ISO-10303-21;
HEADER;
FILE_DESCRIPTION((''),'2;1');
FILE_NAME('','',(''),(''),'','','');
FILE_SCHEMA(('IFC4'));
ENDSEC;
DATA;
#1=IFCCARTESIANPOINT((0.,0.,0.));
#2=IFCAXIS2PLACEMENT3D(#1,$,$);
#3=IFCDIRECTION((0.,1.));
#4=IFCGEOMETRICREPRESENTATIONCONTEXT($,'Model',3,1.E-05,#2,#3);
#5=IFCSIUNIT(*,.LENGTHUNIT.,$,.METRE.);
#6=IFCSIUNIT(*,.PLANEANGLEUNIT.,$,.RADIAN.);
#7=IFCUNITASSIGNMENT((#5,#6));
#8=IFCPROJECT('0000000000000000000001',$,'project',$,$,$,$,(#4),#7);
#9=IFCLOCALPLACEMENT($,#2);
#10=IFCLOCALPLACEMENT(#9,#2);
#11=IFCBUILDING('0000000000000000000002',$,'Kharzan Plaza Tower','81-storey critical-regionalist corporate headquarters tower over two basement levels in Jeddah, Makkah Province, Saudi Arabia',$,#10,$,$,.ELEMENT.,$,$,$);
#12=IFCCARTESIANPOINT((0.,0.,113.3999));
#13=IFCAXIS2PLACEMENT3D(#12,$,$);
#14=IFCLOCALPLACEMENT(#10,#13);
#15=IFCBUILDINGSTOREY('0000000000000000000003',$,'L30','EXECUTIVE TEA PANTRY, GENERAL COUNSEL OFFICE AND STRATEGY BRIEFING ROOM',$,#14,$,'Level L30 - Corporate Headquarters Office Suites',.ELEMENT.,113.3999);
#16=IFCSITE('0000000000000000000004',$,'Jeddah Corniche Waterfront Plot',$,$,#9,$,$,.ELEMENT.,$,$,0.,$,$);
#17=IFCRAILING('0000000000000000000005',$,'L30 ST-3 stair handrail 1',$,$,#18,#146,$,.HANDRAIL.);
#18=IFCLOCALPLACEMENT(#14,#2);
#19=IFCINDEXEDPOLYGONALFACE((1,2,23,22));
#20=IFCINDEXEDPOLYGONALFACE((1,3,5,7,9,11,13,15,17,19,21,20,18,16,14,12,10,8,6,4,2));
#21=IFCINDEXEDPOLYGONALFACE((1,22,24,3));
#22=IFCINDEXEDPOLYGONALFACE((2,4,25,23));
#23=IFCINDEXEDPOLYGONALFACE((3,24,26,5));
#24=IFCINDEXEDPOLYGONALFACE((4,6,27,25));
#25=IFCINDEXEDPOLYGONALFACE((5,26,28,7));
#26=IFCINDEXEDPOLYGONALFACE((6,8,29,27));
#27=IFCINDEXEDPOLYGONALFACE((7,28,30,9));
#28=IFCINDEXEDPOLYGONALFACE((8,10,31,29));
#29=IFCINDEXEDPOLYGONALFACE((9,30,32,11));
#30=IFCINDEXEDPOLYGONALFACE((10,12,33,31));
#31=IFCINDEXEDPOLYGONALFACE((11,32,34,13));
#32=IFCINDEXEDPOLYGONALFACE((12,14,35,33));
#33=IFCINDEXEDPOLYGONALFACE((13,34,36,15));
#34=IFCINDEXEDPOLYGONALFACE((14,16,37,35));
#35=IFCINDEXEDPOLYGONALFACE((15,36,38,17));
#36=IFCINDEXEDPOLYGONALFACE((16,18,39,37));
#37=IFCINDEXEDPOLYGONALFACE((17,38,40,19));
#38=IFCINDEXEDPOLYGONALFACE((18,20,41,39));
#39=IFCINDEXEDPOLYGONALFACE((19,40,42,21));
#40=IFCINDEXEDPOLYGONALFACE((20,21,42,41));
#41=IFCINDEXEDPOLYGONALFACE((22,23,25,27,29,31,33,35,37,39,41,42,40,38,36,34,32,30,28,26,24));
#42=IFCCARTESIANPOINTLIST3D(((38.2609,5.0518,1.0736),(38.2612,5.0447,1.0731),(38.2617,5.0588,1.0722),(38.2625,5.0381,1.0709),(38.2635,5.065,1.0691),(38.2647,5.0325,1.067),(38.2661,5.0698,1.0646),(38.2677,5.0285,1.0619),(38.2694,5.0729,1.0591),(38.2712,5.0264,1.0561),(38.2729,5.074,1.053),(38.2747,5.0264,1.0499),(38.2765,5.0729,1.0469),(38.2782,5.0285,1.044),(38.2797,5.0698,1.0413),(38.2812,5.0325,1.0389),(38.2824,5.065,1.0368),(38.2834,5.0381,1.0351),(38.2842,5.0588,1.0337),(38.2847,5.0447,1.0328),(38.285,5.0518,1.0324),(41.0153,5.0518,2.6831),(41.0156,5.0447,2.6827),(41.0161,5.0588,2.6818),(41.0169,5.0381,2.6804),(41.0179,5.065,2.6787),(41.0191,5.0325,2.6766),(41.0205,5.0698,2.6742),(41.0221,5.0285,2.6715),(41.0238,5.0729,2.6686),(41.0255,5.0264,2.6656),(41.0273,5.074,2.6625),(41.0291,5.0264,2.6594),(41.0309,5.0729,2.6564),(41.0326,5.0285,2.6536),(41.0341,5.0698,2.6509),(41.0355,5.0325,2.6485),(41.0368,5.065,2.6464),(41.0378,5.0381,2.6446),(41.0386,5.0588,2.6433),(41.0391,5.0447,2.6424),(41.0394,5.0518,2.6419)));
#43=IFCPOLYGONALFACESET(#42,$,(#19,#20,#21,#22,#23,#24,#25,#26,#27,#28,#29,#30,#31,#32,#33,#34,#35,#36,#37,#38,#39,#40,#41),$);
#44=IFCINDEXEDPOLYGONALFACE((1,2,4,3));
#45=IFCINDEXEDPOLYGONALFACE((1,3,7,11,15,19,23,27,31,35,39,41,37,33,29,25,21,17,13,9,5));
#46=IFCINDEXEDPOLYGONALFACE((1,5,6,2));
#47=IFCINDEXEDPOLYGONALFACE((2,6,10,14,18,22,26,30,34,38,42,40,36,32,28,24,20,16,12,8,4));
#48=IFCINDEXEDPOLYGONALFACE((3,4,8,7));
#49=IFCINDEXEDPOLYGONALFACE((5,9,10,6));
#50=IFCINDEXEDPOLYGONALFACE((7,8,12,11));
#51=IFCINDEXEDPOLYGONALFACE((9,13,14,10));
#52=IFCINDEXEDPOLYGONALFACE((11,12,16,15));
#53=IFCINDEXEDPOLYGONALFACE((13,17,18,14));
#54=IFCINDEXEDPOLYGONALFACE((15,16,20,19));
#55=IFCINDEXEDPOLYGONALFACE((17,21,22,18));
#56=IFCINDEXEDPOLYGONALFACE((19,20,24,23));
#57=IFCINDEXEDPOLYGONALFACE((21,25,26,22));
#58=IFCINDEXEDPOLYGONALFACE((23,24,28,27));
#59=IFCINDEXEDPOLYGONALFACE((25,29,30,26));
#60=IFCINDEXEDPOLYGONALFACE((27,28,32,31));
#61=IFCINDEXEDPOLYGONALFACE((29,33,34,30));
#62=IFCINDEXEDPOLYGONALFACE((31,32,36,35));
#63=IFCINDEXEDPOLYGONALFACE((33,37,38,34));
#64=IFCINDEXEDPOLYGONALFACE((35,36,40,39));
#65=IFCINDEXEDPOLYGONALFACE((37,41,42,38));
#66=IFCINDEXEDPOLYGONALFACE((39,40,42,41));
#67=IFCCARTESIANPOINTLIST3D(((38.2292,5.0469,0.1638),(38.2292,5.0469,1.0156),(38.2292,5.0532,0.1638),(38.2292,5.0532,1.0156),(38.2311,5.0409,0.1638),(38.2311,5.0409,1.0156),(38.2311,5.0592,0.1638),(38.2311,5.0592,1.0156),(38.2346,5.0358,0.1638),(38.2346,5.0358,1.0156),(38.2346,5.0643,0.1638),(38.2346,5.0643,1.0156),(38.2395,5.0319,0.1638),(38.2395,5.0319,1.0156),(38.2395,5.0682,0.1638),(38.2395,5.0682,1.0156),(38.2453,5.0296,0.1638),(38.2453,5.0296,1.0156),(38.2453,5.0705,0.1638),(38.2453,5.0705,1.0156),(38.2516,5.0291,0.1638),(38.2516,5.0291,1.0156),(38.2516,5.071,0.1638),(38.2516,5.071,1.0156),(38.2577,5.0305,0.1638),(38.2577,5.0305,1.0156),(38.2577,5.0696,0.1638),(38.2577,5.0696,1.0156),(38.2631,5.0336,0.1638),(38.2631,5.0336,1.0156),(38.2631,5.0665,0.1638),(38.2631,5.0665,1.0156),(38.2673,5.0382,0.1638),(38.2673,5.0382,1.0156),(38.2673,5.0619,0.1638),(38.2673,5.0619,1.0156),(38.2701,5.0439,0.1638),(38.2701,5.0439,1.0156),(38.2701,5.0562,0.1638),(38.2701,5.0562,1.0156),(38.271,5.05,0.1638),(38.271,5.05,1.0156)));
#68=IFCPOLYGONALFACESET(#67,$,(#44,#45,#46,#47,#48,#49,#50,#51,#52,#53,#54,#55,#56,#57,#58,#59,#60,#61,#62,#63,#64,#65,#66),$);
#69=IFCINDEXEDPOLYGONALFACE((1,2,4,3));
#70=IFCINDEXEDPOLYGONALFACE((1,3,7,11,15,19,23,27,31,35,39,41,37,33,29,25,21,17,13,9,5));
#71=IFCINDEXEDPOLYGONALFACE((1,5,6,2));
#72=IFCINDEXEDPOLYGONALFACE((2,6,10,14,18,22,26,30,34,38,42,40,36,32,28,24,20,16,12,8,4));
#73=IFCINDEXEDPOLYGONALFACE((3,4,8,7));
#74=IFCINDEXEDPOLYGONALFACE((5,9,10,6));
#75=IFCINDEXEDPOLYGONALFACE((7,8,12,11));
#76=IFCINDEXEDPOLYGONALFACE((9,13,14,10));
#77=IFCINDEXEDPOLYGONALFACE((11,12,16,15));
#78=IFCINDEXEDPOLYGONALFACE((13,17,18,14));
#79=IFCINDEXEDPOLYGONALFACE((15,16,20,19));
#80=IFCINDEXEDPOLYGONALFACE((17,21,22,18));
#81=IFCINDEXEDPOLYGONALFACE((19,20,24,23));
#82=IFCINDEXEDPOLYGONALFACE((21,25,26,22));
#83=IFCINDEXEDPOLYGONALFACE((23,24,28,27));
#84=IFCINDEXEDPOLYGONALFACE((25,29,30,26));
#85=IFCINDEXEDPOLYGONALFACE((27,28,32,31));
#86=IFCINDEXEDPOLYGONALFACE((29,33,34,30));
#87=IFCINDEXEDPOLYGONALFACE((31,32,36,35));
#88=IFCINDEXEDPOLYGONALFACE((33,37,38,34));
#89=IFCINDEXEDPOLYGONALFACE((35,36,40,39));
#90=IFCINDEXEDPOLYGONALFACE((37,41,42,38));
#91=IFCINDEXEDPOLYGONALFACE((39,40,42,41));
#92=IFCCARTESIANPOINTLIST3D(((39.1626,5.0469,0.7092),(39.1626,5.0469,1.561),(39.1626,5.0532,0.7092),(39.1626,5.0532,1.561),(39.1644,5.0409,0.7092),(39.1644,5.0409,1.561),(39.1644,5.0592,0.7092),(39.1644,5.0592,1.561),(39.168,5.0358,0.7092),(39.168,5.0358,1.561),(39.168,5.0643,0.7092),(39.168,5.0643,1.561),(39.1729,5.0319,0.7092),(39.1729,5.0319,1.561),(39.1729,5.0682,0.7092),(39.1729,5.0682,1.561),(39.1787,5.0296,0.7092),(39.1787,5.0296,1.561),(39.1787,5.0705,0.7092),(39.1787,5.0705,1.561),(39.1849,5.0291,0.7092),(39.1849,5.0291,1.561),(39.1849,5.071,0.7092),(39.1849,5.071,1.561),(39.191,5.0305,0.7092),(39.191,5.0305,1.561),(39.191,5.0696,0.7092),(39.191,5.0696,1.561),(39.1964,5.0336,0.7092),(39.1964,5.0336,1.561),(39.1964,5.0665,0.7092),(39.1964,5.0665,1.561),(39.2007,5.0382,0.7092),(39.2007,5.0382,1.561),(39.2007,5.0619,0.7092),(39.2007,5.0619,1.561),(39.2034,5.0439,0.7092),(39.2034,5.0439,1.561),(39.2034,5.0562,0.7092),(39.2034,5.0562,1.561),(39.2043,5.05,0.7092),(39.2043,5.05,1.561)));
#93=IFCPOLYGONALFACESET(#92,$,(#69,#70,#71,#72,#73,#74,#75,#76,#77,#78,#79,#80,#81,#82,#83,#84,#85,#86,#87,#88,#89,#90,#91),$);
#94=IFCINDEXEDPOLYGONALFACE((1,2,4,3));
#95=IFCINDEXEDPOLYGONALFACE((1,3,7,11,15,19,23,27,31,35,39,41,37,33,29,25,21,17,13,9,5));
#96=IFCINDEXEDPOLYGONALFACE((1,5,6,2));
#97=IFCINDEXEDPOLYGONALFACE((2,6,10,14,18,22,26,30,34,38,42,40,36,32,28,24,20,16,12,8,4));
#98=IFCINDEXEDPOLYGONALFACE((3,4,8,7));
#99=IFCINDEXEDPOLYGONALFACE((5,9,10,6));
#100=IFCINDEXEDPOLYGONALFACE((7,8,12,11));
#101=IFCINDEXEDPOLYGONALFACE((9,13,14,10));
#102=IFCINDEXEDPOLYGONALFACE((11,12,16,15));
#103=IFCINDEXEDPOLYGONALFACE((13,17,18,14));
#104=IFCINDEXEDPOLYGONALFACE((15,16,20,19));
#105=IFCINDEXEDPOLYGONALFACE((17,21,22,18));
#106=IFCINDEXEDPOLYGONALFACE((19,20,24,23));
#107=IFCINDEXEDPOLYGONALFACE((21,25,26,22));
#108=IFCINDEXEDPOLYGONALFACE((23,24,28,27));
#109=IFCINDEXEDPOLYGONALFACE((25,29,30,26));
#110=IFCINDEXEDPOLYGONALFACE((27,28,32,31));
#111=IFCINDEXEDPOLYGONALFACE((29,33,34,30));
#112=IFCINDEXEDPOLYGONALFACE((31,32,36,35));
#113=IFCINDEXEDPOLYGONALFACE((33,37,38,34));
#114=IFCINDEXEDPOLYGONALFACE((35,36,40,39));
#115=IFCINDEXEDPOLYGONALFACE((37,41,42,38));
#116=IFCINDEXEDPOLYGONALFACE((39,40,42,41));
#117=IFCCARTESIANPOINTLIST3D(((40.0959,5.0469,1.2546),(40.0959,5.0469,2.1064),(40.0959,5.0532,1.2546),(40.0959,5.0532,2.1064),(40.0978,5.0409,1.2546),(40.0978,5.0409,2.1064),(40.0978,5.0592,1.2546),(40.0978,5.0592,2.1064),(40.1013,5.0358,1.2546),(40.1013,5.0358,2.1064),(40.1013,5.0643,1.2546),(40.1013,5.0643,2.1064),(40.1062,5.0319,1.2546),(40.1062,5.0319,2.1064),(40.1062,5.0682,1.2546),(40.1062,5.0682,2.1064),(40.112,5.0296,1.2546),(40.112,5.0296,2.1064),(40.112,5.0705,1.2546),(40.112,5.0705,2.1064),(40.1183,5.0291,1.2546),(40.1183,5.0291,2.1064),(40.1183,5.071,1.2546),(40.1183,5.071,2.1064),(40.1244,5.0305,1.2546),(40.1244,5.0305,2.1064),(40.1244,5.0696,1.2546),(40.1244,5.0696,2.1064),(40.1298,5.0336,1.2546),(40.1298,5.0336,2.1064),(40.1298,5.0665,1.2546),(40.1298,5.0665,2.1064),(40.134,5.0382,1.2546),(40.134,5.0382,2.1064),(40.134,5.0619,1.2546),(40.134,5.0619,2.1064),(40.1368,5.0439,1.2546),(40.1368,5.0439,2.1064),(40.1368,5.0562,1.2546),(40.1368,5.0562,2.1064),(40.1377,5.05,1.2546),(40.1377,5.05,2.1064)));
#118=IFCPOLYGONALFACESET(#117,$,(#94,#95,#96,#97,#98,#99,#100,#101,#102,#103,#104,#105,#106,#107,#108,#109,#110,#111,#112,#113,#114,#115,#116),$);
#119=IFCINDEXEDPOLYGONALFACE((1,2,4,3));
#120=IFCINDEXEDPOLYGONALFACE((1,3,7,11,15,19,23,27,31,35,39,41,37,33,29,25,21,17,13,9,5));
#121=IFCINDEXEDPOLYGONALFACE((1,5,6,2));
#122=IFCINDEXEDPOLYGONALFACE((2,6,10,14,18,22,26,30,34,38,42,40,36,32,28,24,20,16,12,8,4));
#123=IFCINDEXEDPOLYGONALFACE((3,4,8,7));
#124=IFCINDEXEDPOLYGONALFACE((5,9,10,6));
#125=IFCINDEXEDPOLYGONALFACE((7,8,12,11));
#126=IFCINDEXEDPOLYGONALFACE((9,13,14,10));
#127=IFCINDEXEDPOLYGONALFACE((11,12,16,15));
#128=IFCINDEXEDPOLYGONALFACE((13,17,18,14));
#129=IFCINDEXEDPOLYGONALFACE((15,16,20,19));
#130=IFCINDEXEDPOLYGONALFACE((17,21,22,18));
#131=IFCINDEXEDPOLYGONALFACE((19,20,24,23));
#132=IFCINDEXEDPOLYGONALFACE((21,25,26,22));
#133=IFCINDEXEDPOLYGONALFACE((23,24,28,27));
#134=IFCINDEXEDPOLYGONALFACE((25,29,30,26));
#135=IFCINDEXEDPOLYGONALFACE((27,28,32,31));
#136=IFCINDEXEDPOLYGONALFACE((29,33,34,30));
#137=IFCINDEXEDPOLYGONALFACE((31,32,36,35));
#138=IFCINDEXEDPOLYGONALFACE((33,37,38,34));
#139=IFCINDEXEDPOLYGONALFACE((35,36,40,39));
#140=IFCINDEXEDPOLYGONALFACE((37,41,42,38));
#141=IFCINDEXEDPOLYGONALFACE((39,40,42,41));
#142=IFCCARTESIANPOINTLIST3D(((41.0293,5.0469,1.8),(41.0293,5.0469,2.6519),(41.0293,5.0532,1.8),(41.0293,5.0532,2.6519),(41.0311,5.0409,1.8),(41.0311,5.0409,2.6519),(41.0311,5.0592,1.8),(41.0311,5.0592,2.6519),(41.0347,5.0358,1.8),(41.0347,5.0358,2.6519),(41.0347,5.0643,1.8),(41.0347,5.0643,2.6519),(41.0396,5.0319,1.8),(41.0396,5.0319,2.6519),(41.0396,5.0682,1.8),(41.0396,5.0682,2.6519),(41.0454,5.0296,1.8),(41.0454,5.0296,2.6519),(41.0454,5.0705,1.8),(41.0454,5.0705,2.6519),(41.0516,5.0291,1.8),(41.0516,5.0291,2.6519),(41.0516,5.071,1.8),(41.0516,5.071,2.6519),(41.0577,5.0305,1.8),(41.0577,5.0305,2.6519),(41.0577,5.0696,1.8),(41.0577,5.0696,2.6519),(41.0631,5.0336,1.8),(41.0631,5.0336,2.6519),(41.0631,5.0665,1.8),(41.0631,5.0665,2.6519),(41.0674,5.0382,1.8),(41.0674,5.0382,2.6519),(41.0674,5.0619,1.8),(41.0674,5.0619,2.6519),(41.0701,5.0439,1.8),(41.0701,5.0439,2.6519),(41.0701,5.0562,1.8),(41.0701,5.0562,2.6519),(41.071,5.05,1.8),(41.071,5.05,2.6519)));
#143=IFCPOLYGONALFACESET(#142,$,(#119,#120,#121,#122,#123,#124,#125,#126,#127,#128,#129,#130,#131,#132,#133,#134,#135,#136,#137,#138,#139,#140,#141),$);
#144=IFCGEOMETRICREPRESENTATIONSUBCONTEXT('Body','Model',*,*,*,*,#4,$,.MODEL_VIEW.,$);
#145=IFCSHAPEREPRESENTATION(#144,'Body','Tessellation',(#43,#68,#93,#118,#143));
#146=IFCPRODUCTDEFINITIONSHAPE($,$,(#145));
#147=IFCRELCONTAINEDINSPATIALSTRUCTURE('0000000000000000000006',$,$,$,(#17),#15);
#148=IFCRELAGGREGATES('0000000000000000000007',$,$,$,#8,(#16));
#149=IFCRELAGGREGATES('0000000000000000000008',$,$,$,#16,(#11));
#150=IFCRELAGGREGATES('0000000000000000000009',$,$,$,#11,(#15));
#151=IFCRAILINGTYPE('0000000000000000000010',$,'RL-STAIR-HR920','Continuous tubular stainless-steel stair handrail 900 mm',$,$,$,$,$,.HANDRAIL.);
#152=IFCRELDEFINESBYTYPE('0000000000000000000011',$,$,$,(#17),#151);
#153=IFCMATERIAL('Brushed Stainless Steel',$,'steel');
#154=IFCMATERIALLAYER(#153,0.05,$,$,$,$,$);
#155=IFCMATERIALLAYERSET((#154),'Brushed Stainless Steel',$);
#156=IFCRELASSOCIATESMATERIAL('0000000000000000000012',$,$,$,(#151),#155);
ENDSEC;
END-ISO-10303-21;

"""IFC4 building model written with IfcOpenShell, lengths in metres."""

from ifc_helpers import new_model, si_unit, direction, frame, origin, origin_2d, place, context, subcontext, project, spatial, circle, extrude, source, transform, mapped, material, layer, layer_set, type_object, element, save


model = new_model("IFC4")

# Units and contexts
model_context = context("Model", 3, precision=1e-05, world=origin(), true_north=direction((0.0, 1.0)))
body_context = subcontext(model_context, "Body", "Model", "MODEL_VIEW")
ifc_project = project(units=[si_unit("LENGTHUNIT", "METRE"), si_unit("PLANEANGLEUNIT", "RADIAN")], contexts=[model_context])

# Site, building, storey
site_placement = place(None, origin())
site = spatial("IfcSite", under=ifc_project, at=site_placement, Name="Jeddah Corniche Waterfront Plot", CompositionType="ELEMENT", RefElevation=0.0)
building_placement = place(site_placement, origin())
building = spatial("IfcBuilding", under=site, at=building_placement, Name="Kharzan Plaza Tower", Description="81-storey critical-regionalist corporate headquarters tower over two basement levels in Jeddah, Makkah Province, Saudi Arabia", CompositionType="ELEMENT")
storey_placement = place(building_placement, frame((0.0, 0.0, 113.3999)))
storey = spatial("IfcBuildingStorey", under=building, at=storey_placement, Name="L30", Description="EXECUTIVE TEA PANTRY, GENERAL COUNSEL OFFICE AND STRATEGY BRIEFING ROOM", LongName="Level L30 - Corporate Headquarters Office Suites", CompositionType="ELEMENT", Elevation=113.3999)

# Shared definitions
ifc_material_1 = material(Name="Brushed Stainless Steel", Category="steel")

# Railing
ifc_layer_1 = layer(ifc_material_1, 0.05)
ifc_layer_set_1 = layer_set([ifc_layer_1], Name="Brushed Stainless Steel")
railing_type_1 = type_object("IfcRailingType", Name="RL-STAIR-HR920", Description="Continuous tubular stainless-steel stair handrail 900 mm", PredefinedType="HANDRAIL", material=ifc_layer_set_1)
shared_shape_1 = source(origin(), body_context, "Body", "SweptSolid", [
    extrude(circle(Radius=0.0239, at=origin_2d()), frame((0.0229, 0.0, 0.8892), z_axis=(0.863394, 0.0, 0.504531), x_axis=(0.0, 1.0, 0.0)), (0.0, 0.0, 1.0), 3.1902),
    extrude(circle(Radius=0.021, at=origin_2d()), origin(), (0.0, 0.0, 1.0), 0.8518),
    extrude(circle(Radius=0.021, at=origin_2d()), frame((0.9333, 0.0, 0.5454)), (0.0, 0.0, 1.0), 0.8518),
    extrude(circle(Radius=0.021, at=origin_2d()), frame((1.8667, 0.0, 1.0908)), (0.0, 0.0, 1.0), 0.8518),
    extrude(circle(Radius=0.021, at=origin_2d()), frame((2.8, 0.0, 1.6362)), (0.0, 0.0, 1.0), 0.8518),
])
railing_1_placement = place(storey_placement, frame((38.25, 5.05, 0.1638)))
element("IfcRailing", 1, at=railing_1_placement, inside=storey, type_object=railing_type_1, Name="L30 ST-3 stair handrail 1", PredefinedType="HANDRAIL", context=body_context, shape_type="MappedRepresentation", body=[
    mapped(shared_shape_1, transform((0.0, 0.0, 0.0), x_axis=(1.0, 0.0, 0.0), y_axis=(0.0, 1.0, 0.0), z_axis=(0.0, 0.0, 1.0))),
])

save(model, "model.ifc")
